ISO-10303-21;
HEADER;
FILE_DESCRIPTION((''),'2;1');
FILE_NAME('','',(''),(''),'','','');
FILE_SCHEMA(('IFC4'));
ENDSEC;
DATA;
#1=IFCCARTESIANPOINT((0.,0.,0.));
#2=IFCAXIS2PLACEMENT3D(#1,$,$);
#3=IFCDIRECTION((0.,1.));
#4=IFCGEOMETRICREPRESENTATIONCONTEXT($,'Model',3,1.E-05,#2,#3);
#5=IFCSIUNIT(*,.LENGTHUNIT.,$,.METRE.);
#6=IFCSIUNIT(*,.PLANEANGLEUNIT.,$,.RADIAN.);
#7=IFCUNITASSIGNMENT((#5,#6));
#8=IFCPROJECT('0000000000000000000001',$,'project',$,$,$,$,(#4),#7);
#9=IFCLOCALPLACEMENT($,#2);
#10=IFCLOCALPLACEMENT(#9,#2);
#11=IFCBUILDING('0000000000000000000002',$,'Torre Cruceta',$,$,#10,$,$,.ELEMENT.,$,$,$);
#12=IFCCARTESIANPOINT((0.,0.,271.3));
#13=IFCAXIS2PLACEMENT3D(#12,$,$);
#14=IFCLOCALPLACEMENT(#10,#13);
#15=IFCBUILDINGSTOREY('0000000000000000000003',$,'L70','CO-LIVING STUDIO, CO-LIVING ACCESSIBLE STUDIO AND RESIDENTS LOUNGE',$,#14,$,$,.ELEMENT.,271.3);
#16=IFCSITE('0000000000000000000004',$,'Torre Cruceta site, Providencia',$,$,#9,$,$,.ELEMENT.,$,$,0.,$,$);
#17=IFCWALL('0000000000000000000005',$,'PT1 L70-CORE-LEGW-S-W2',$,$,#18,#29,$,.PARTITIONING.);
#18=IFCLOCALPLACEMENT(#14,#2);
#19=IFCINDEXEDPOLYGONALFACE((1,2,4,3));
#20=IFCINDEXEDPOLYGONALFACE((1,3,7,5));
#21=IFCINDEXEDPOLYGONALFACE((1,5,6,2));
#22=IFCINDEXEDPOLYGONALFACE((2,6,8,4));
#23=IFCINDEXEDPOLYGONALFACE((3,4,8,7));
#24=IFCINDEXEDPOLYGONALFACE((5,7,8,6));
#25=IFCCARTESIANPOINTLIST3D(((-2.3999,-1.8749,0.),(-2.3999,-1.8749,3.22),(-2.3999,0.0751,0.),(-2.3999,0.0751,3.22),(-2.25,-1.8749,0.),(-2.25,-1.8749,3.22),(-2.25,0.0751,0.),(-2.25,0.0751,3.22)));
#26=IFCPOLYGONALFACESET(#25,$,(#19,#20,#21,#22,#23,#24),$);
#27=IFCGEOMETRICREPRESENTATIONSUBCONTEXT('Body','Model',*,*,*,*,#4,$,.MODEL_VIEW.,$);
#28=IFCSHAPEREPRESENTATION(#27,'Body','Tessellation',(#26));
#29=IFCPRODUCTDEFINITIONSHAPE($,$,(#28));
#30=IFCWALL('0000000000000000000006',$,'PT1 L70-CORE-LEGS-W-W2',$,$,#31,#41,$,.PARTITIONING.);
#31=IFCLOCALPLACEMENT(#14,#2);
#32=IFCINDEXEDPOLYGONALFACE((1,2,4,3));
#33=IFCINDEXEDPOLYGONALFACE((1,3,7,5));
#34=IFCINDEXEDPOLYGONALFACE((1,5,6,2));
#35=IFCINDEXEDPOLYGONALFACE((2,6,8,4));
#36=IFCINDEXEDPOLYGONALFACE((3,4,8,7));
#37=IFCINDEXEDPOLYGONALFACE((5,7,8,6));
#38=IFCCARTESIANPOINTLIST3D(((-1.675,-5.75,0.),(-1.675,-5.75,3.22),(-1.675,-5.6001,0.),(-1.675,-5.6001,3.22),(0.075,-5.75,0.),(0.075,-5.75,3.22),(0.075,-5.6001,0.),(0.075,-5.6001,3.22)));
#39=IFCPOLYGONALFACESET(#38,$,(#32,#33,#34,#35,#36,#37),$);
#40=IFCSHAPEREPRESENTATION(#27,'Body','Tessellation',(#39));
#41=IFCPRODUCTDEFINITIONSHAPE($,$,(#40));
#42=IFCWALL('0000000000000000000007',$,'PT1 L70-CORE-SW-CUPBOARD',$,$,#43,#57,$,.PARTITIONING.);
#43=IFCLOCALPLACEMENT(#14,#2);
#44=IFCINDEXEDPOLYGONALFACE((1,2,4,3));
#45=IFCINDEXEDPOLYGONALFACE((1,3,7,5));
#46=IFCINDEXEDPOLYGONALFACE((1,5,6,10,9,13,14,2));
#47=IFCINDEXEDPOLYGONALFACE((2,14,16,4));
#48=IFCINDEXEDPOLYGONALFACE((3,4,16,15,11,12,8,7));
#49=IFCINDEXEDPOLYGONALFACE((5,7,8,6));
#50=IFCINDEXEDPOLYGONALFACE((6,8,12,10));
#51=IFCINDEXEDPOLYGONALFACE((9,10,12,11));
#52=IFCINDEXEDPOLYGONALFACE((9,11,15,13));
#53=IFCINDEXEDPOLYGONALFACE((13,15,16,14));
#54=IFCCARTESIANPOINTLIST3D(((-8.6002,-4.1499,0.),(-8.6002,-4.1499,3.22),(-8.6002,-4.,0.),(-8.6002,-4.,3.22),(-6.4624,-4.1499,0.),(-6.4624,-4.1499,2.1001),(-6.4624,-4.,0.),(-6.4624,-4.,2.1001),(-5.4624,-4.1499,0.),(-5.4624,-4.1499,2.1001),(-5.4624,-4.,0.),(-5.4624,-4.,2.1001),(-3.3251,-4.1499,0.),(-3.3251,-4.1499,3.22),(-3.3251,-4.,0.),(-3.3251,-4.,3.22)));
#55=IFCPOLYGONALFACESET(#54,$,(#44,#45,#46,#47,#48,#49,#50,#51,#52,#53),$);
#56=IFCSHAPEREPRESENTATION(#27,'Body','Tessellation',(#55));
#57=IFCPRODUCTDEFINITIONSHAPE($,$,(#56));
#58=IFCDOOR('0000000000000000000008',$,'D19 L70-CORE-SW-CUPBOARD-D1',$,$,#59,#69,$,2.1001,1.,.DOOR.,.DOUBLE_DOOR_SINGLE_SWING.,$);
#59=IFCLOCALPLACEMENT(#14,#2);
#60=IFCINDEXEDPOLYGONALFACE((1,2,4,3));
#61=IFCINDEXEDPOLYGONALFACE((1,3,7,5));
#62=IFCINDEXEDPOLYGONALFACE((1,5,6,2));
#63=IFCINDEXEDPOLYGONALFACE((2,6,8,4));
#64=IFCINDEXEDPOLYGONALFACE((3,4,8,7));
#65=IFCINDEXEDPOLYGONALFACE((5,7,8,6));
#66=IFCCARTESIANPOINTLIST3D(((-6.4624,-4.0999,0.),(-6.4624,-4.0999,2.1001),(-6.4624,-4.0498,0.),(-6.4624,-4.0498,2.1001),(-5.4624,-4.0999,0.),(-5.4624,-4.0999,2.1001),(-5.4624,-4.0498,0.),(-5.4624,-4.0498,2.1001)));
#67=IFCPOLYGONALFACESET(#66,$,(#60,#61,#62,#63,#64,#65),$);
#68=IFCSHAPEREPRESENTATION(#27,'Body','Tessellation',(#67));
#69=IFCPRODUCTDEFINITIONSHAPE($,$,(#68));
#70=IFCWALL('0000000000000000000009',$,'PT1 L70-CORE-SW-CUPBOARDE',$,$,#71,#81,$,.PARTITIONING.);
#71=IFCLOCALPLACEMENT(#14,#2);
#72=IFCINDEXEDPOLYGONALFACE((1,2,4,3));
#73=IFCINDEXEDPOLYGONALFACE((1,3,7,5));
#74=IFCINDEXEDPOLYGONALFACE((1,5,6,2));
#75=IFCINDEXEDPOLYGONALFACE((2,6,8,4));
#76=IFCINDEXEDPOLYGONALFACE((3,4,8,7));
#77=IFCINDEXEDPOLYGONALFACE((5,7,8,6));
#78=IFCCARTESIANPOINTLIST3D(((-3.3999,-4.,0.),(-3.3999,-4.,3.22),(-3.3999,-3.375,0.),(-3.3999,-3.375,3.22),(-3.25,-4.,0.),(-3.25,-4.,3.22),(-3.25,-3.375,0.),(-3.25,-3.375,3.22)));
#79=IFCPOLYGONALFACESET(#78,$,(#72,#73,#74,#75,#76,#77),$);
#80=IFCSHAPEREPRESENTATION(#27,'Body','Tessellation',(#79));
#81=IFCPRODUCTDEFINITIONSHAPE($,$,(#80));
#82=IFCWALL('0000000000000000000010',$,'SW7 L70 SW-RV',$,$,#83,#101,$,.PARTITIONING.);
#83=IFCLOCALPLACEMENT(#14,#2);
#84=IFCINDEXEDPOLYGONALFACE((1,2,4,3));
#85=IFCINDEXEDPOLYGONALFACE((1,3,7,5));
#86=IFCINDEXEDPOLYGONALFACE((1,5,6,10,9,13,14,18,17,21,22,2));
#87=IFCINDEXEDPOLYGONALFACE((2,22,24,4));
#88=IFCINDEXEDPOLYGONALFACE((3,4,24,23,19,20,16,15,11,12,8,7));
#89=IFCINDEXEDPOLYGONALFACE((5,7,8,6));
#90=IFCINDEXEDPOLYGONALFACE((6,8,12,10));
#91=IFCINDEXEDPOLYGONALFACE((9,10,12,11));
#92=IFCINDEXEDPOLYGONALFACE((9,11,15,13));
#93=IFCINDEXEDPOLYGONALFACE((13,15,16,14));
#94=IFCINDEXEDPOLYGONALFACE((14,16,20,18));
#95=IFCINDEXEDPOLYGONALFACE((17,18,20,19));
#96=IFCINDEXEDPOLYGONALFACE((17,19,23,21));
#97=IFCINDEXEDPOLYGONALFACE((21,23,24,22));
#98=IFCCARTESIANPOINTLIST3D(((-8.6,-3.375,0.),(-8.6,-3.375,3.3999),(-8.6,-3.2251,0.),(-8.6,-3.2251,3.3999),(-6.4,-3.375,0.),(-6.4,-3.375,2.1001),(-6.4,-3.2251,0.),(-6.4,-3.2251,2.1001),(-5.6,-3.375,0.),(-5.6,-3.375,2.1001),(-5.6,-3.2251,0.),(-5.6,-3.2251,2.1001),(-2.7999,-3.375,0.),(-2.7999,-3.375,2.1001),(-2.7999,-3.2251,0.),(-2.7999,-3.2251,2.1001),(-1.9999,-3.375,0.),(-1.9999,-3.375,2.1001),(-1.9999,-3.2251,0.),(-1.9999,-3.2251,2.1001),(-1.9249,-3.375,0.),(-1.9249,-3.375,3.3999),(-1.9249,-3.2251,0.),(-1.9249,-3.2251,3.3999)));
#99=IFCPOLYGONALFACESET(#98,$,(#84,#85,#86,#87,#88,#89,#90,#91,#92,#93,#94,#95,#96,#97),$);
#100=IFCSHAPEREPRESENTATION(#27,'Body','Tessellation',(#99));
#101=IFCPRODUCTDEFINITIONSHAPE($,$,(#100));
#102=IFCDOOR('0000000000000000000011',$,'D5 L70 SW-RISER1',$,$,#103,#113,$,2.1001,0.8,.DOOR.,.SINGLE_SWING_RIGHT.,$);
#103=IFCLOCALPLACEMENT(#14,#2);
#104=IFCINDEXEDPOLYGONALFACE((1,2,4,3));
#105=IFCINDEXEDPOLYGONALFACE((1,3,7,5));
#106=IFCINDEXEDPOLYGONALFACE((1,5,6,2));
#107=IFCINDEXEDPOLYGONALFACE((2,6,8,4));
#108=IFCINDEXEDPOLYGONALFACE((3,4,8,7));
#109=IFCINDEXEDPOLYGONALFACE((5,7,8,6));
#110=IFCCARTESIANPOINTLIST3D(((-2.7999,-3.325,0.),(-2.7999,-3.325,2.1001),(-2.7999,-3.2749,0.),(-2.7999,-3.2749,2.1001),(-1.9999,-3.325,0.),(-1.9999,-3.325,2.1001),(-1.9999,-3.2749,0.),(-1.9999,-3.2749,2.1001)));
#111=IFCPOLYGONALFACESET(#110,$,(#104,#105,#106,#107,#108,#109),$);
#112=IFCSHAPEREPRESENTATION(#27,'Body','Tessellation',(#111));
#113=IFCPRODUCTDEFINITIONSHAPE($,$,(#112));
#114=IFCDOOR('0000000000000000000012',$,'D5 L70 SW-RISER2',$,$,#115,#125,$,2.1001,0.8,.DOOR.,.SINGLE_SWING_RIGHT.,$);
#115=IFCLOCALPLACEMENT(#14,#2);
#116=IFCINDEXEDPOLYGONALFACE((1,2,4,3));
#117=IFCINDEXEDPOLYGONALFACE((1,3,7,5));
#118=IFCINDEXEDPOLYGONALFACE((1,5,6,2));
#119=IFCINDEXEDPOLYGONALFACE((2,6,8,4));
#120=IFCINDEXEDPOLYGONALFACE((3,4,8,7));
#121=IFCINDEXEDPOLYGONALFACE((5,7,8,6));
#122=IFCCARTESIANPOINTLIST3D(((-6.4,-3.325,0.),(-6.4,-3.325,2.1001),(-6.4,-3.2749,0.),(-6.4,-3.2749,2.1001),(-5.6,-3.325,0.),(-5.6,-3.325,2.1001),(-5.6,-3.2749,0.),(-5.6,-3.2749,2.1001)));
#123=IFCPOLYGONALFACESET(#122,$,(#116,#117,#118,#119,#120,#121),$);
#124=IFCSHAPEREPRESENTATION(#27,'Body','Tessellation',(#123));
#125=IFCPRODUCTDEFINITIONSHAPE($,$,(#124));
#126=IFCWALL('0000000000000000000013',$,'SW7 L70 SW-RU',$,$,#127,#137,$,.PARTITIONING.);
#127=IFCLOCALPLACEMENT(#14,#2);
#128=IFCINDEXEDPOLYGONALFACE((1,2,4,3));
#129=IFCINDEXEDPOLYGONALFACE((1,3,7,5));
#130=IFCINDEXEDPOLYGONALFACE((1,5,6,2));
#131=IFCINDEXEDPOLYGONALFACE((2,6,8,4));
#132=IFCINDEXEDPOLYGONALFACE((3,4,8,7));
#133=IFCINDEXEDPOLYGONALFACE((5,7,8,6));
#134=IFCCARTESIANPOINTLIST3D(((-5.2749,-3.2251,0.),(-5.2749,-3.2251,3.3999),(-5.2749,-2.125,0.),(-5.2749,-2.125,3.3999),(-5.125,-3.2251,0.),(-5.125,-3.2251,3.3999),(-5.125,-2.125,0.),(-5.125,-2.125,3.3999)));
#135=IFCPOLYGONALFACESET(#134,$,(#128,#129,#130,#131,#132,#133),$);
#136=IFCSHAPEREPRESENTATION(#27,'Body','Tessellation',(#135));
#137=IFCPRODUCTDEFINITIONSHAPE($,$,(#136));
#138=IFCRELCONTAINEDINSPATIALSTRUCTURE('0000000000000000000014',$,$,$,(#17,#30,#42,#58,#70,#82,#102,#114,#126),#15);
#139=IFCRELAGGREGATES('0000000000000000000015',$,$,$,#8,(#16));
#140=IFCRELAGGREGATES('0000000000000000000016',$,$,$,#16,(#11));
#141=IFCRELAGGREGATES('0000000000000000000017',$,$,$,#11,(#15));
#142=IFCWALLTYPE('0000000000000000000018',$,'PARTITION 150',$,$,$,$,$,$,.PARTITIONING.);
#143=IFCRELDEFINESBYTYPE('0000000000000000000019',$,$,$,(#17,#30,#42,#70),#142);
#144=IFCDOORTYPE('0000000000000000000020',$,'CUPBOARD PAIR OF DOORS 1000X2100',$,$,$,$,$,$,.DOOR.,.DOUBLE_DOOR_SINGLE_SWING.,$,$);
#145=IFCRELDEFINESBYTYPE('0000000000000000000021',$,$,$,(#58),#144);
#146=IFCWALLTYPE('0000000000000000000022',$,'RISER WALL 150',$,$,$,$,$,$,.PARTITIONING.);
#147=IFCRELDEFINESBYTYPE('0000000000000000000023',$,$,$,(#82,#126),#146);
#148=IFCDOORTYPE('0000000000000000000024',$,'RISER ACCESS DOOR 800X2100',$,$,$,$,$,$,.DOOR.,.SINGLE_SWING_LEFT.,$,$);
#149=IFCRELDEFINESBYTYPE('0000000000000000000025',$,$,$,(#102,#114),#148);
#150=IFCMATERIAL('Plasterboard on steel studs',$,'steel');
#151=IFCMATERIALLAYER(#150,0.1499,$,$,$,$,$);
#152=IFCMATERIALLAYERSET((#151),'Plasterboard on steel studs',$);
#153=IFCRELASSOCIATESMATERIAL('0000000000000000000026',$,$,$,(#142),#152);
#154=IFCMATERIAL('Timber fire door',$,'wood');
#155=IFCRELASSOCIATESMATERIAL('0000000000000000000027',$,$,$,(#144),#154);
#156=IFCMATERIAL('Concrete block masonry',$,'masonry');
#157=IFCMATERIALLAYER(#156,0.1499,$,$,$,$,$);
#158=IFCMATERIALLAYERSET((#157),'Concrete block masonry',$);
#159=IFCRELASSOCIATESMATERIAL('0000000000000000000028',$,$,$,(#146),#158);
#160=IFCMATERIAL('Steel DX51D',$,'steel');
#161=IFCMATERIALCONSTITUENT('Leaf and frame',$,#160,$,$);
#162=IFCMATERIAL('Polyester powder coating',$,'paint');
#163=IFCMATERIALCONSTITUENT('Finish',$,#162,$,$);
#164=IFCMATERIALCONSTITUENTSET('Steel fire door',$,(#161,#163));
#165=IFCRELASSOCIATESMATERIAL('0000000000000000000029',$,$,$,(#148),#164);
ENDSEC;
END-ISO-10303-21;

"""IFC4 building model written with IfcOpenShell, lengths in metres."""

from ifc_helpers import new_model, si_unit, direction, frame, frame_2d, origin, place, context, subcontext, project, spatial, rectangle, extrude, material, layer, layer_set, constituent, constituent_set, type_object, element, fill, save


model = new_model("IFC4")

# Units and contexts
model_context = context("Model", 3, precision=1e-05, world=origin(), true_north=direction((0.0, 1.0)))
body_context = subcontext(model_context, "Body", "Model", "MODEL_VIEW")
ifc_project = project(units=[si_unit("LENGTHUNIT", "METRE"), si_unit("PLANEANGLEUNIT", "RADIAN")], contexts=[model_context])

# Site, building, storey
site_placement = place(None, origin())
site = spatial("IfcSite", under=ifc_project, at=site_placement, Name="Torre Cruceta site, Providencia", CompositionType="ELEMENT", RefElevation=0.0)
building_placement = place(site_placement, origin())
building = spatial("IfcBuilding", under=site, at=building_placement, Name="Torre Cruceta", CompositionType="ELEMENT")
storey_placement = place(building_placement, frame((0.0, 0.0, 271.3)))
storey = spatial("IfcBuildingStorey", under=building, at=storey_placement, Name="L70", Description="CO-LIVING STUDIO, CO-LIVING ACCESSIBLE STUDIO AND RESIDENTS LOUNGE", CompositionType="ELEMENT", Elevation=271.3)

# Walls
ifc_material_1 = material(Name="Plasterboard on steel studs", Category="steel")
ifc_layer_1 = layer(ifc_material_1, 0.1499)
ifc_layer_set_1 = layer_set([ifc_layer_1], Name="Plasterboard on steel studs")
wall_type_1 = type_object("IfcWallType", Name="PARTITION 150", PredefinedType="PARTITIONING", material=ifc_layer_set_1)
wall_1_placement = place(storey_placement, frame((-2.325, -1.875, 0.0), z_axis=(0.0, 0.0, 1.0), x_axis=(0.0, 1.0, 0.0)))
element("IfcWall", 1, at=wall_1_placement, inside=storey, type_object=wall_type_1, Name="PT1 L70-CORE-LEGW-S-W2", PredefinedType="PARTITIONING", context=body_context, shape_type="SweptSolid", body=[
    extrude(rectangle(XDim=1.95, YDim=0.1499, at=frame_2d((0.9751, 0.0))), origin(), (0.0, 0.0, 1.0), 3.22),
])
wall_2_placement = place(storey_placement, frame((-1.675, -5.675, 0.0), z_axis=(0.0, 0.0, 1.0), x_axis=(1.0, 0.0, 0.0)))
element("IfcWall", 2, at=wall_2_placement, inside=storey, type_object=wall_type_1, Name="PT1 L70-CORE-LEGS-W-W2", PredefinedType="PARTITIONING", context=body_context, shape_type="SweptSolid", body=[
    extrude(rectangle(XDim=1.75, YDim=0.1499, at=frame_2d((0.875, 0.0))), origin(), (0.0, 0.0, 1.0), 3.22),
])

# Wall, opening, door
wall_3_placement = place(storey_placement, frame((-3.325, -4.075, 0.0), z_axis=(0.0, 0.0, 1.0), x_axis=(-1.0, 0.0, 0.0)))
wall_3 = element("IfcWall", 3, at=wall_3_placement, inside=storey, type_object=wall_type_1, Name="PT1 L70-CORE-SW-CUPBOARD", PredefinedType="PARTITIONING", context=body_context, shape_type="SweptSolid", body=[
    extrude(rectangle(XDim=5.2751, YDim=0.1499, at=frame_2d((2.6377, 0.0))), origin(), (0.0, 0.0, 1.0), 3.22),
])
opening_1_placement = place(wall_3_placement, frame((2.1375, 0.0, 0.0)))
opening_1 = element("IfcOpeningElement", 4, at=opening_1_placement, cuts=wall_3, PredefinedType="OPENING", context=body_context, shape_type="SweptSolid", body=[
    extrude(rectangle(XDim=1.0, YDim=2.1001, at=frame_2d((0.5, 1.05))), frame((0.0, 0.085, 0.0), z_axis=(0.0, -1.0, 0.0), x_axis=(1.0, 0.0, 0.0)), (0.0, 0.0, 1.0), 0.1699),
])
ifc_material_2 = material(Name="Timber fire door", Category="wood")
door_type_1 = type_object("IfcDoorType", Name="CUPBOARD PAIR OF DOORS 1000X2100", OperationType="DOUBLE_DOOR_SINGLE_SWING", PredefinedType="DOOR", material=ifc_material_2)
door_1_placement = place(opening_1_placement, frame((1.0, 0.0, 0.0), z_axis=(0.0, 0.0, 1.0), x_axis=(-1.0, 0.0, 0.0)))
door_1 = element("IfcDoor", 5, at=door_1_placement, inside=storey, type_object=door_type_1, Name="D19 L70-CORE-SW-CUPBOARD-D1", OperationType="DOUBLE_DOOR_SINGLE_SWING", OverallHeight=2.1001, OverallWidth=1.0, PredefinedType="DOOR", context=body_context, shape_type="SweptSolid", body=[
    extrude(rectangle(XDim=1.0, YDim=2.1001, at=frame_2d((0.5, 1.05))), frame((0.0, 0.0251, 0.0), z_axis=(0.0, -1.0, 0.0), x_axis=(1.0, 0.0, 0.0)), (0.0, 0.0, 1.0), 0.05),
])
fill(opening_1, door_1)

# Wall
wall_4_placement = place(storey_placement, frame((-3.325, -3.375, 0.0), z_axis=(0.0, 0.0, 1.0), x_axis=(0.0, -1.0, 0.0)))
element("IfcWall", 6, at=wall_4_placement, inside=storey, type_object=wall_type_1, Name="PT1 L70-CORE-SW-CUPBOARDE", PredefinedType="PARTITIONING", context=body_context, shape_type="SweptSolid", body=[
    extrude(rectangle(XDim=0.625, YDim=0.1499, at=frame_2d((0.3125, 0.0))), origin(), (0.0, 0.0, 1.0), 3.22),
])

# Wall, openings, doors
ifc_material_3 = material(Name="Concrete block masonry", Category="masonry")
ifc_layer_2 = layer(ifc_material_3, 0.1499)
ifc_layer_set_2 = layer_set([ifc_layer_2], Name="Concrete block masonry")
wall_type_2 = type_object("IfcWallType", Name="RISER WALL 150", PredefinedType="PARTITIONING", material=ifc_layer_set_2)
wall_5_placement = place(storey_placement, frame((-1.925, -3.3, 0.0), z_axis=(0.0, 0.0, 1.0), x_axis=(-1.0, 0.0, 0.0)))
wall_5 = element("IfcWall", 7, at=wall_5_placement, inside=storey, type_object=wall_type_2, Name="SW7 L70 SW-RV", PredefinedType="PARTITIONING", context=body_context, shape_type="SweptSolid", body=[
    extrude(rectangle(XDim=6.675, YDim=0.1499, at=frame_2d((3.3374, 0.0))), origin(), (0.0, 0.0, 1.0), 3.3999),
])
opening_2_placement = place(wall_5_placement, frame((0.075, 0.0, 0.0)))
opening_2 = element("IfcOpeningElement", 8, at=opening_2_placement, cuts=wall_5, PredefinedType="OPENING", context=body_context, shape_type="SweptSolid", body=[
    extrude(rectangle(XDim=0.8, YDim=2.1001, at=frame_2d((0.3999, 1.05))), frame((0.0, 0.085, 0.0), z_axis=(0.0, -1.0, 0.0), x_axis=(1.0, 0.0, 0.0)), (0.0, 0.0, 1.0), 0.1699),
])
opening_3_placement = place(wall_5_placement, frame((3.675, 0.0, 0.0)))
opening_3 = element("IfcOpeningElement", 9, at=opening_3_placement, cuts=wall_5, PredefinedType="OPENING", context=body_context, shape_type="SweptSolid", body=[
    extrude(rectangle(XDim=0.8, YDim=2.1001, at=frame_2d((0.3999, 1.05))), frame((0.0, 0.085, 0.0), z_axis=(0.0, -1.0, 0.0), x_axis=(1.0, 0.0, 0.0)), (0.0, 0.0, 1.0), 0.1699),
])
ifc_material_4 = material(Name="Steel DX51D", Category="steel")
ifc_constituent_1 = constituent(ifc_material_4, Name="Leaf and frame")
ifc_material_5 = material(Name="Polyester powder coating", Category="paint")
ifc_constituent_2 = constituent(ifc_material_5, Name="Finish")
ifc_constituent_set_1 = constituent_set(constituents=[ifc_constituent_1, ifc_constituent_2], Name="Steel fire door")
door_type_2 = type_object("IfcDoorType", Name="RISER ACCESS DOOR 800X2100", OperationType="SINGLE_SWING_LEFT", PredefinedType="DOOR", material=ifc_constituent_set_1)
door_2_placement = place(opening_2_placement, frame((0.8, 0.0, 0.0), z_axis=(0.0, 0.0, 1.0), x_axis=(-1.0, 0.0, 0.0)))
door_2 = element("IfcDoor", 10, at=door_2_placement, inside=storey, type_object=door_type_2, Name="D5 L70 SW-RISER1", OperationType="SINGLE_SWING_RIGHT", OverallHeight=2.1001, OverallWidth=0.8, PredefinedType="DOOR", context=body_context, shape_type="SweptSolid", body=[
    extrude(rectangle(XDim=0.8, YDim=2.1001, at=frame_2d((0.4001, 1.05))), frame((0.0, 0.0251, 0.0), z_axis=(0.0, -1.0, 0.0), x_axis=(1.0, 0.0, 0.0)), (0.0, 0.0, 1.0), 0.05),
])
fill(opening_2, door_2)
door_3_placement = place(opening_3_placement, frame((0.8, 0.0, 0.0), z_axis=(0.0, 0.0, 1.0), x_axis=(-1.0, 0.0, 0.0)))
door_3 = element("IfcDoor", 11, at=door_3_placement, inside=storey, type_object=door_type_2, Name="D5 L70 SW-RISER2", OperationType="SINGLE_SWING_RIGHT", OverallHeight=2.1001, OverallWidth=0.8, PredefinedType="DOOR", context=body_context, shape_type="SweptSolid", body=[
    extrude(rectangle(XDim=0.8, YDim=2.1001, at=frame_2d((0.4001, 1.05))), frame((0.0, 0.0251, 0.0), z_axis=(0.0, -1.0, 0.0), x_axis=(1.0, 0.0, 0.0)), (0.0, 0.0, 1.0), 0.05),
])
fill(opening_3, door_3)

# Wall
wall_6_placement = place(storey_placement, frame((-5.2, -2.125, 0.0), z_axis=(0.0, 0.0, 1.0), x_axis=(0.0, -1.0, 0.0)))
element("IfcWall", 12, at=wall_6_placement, inside=storey, type_object=wall_type_2, Name="SW7 L70 SW-RU", PredefinedType="PARTITIONING", context=body_context, shape_type="SweptSolid", body=[
    extrude(rectangle(XDim=1.1001, YDim=0.1499, at=frame_2d((0.55, 0.0))), origin(), (0.0, 0.0, 1.0), 3.3999),
])

save(model, "model.ifc")
